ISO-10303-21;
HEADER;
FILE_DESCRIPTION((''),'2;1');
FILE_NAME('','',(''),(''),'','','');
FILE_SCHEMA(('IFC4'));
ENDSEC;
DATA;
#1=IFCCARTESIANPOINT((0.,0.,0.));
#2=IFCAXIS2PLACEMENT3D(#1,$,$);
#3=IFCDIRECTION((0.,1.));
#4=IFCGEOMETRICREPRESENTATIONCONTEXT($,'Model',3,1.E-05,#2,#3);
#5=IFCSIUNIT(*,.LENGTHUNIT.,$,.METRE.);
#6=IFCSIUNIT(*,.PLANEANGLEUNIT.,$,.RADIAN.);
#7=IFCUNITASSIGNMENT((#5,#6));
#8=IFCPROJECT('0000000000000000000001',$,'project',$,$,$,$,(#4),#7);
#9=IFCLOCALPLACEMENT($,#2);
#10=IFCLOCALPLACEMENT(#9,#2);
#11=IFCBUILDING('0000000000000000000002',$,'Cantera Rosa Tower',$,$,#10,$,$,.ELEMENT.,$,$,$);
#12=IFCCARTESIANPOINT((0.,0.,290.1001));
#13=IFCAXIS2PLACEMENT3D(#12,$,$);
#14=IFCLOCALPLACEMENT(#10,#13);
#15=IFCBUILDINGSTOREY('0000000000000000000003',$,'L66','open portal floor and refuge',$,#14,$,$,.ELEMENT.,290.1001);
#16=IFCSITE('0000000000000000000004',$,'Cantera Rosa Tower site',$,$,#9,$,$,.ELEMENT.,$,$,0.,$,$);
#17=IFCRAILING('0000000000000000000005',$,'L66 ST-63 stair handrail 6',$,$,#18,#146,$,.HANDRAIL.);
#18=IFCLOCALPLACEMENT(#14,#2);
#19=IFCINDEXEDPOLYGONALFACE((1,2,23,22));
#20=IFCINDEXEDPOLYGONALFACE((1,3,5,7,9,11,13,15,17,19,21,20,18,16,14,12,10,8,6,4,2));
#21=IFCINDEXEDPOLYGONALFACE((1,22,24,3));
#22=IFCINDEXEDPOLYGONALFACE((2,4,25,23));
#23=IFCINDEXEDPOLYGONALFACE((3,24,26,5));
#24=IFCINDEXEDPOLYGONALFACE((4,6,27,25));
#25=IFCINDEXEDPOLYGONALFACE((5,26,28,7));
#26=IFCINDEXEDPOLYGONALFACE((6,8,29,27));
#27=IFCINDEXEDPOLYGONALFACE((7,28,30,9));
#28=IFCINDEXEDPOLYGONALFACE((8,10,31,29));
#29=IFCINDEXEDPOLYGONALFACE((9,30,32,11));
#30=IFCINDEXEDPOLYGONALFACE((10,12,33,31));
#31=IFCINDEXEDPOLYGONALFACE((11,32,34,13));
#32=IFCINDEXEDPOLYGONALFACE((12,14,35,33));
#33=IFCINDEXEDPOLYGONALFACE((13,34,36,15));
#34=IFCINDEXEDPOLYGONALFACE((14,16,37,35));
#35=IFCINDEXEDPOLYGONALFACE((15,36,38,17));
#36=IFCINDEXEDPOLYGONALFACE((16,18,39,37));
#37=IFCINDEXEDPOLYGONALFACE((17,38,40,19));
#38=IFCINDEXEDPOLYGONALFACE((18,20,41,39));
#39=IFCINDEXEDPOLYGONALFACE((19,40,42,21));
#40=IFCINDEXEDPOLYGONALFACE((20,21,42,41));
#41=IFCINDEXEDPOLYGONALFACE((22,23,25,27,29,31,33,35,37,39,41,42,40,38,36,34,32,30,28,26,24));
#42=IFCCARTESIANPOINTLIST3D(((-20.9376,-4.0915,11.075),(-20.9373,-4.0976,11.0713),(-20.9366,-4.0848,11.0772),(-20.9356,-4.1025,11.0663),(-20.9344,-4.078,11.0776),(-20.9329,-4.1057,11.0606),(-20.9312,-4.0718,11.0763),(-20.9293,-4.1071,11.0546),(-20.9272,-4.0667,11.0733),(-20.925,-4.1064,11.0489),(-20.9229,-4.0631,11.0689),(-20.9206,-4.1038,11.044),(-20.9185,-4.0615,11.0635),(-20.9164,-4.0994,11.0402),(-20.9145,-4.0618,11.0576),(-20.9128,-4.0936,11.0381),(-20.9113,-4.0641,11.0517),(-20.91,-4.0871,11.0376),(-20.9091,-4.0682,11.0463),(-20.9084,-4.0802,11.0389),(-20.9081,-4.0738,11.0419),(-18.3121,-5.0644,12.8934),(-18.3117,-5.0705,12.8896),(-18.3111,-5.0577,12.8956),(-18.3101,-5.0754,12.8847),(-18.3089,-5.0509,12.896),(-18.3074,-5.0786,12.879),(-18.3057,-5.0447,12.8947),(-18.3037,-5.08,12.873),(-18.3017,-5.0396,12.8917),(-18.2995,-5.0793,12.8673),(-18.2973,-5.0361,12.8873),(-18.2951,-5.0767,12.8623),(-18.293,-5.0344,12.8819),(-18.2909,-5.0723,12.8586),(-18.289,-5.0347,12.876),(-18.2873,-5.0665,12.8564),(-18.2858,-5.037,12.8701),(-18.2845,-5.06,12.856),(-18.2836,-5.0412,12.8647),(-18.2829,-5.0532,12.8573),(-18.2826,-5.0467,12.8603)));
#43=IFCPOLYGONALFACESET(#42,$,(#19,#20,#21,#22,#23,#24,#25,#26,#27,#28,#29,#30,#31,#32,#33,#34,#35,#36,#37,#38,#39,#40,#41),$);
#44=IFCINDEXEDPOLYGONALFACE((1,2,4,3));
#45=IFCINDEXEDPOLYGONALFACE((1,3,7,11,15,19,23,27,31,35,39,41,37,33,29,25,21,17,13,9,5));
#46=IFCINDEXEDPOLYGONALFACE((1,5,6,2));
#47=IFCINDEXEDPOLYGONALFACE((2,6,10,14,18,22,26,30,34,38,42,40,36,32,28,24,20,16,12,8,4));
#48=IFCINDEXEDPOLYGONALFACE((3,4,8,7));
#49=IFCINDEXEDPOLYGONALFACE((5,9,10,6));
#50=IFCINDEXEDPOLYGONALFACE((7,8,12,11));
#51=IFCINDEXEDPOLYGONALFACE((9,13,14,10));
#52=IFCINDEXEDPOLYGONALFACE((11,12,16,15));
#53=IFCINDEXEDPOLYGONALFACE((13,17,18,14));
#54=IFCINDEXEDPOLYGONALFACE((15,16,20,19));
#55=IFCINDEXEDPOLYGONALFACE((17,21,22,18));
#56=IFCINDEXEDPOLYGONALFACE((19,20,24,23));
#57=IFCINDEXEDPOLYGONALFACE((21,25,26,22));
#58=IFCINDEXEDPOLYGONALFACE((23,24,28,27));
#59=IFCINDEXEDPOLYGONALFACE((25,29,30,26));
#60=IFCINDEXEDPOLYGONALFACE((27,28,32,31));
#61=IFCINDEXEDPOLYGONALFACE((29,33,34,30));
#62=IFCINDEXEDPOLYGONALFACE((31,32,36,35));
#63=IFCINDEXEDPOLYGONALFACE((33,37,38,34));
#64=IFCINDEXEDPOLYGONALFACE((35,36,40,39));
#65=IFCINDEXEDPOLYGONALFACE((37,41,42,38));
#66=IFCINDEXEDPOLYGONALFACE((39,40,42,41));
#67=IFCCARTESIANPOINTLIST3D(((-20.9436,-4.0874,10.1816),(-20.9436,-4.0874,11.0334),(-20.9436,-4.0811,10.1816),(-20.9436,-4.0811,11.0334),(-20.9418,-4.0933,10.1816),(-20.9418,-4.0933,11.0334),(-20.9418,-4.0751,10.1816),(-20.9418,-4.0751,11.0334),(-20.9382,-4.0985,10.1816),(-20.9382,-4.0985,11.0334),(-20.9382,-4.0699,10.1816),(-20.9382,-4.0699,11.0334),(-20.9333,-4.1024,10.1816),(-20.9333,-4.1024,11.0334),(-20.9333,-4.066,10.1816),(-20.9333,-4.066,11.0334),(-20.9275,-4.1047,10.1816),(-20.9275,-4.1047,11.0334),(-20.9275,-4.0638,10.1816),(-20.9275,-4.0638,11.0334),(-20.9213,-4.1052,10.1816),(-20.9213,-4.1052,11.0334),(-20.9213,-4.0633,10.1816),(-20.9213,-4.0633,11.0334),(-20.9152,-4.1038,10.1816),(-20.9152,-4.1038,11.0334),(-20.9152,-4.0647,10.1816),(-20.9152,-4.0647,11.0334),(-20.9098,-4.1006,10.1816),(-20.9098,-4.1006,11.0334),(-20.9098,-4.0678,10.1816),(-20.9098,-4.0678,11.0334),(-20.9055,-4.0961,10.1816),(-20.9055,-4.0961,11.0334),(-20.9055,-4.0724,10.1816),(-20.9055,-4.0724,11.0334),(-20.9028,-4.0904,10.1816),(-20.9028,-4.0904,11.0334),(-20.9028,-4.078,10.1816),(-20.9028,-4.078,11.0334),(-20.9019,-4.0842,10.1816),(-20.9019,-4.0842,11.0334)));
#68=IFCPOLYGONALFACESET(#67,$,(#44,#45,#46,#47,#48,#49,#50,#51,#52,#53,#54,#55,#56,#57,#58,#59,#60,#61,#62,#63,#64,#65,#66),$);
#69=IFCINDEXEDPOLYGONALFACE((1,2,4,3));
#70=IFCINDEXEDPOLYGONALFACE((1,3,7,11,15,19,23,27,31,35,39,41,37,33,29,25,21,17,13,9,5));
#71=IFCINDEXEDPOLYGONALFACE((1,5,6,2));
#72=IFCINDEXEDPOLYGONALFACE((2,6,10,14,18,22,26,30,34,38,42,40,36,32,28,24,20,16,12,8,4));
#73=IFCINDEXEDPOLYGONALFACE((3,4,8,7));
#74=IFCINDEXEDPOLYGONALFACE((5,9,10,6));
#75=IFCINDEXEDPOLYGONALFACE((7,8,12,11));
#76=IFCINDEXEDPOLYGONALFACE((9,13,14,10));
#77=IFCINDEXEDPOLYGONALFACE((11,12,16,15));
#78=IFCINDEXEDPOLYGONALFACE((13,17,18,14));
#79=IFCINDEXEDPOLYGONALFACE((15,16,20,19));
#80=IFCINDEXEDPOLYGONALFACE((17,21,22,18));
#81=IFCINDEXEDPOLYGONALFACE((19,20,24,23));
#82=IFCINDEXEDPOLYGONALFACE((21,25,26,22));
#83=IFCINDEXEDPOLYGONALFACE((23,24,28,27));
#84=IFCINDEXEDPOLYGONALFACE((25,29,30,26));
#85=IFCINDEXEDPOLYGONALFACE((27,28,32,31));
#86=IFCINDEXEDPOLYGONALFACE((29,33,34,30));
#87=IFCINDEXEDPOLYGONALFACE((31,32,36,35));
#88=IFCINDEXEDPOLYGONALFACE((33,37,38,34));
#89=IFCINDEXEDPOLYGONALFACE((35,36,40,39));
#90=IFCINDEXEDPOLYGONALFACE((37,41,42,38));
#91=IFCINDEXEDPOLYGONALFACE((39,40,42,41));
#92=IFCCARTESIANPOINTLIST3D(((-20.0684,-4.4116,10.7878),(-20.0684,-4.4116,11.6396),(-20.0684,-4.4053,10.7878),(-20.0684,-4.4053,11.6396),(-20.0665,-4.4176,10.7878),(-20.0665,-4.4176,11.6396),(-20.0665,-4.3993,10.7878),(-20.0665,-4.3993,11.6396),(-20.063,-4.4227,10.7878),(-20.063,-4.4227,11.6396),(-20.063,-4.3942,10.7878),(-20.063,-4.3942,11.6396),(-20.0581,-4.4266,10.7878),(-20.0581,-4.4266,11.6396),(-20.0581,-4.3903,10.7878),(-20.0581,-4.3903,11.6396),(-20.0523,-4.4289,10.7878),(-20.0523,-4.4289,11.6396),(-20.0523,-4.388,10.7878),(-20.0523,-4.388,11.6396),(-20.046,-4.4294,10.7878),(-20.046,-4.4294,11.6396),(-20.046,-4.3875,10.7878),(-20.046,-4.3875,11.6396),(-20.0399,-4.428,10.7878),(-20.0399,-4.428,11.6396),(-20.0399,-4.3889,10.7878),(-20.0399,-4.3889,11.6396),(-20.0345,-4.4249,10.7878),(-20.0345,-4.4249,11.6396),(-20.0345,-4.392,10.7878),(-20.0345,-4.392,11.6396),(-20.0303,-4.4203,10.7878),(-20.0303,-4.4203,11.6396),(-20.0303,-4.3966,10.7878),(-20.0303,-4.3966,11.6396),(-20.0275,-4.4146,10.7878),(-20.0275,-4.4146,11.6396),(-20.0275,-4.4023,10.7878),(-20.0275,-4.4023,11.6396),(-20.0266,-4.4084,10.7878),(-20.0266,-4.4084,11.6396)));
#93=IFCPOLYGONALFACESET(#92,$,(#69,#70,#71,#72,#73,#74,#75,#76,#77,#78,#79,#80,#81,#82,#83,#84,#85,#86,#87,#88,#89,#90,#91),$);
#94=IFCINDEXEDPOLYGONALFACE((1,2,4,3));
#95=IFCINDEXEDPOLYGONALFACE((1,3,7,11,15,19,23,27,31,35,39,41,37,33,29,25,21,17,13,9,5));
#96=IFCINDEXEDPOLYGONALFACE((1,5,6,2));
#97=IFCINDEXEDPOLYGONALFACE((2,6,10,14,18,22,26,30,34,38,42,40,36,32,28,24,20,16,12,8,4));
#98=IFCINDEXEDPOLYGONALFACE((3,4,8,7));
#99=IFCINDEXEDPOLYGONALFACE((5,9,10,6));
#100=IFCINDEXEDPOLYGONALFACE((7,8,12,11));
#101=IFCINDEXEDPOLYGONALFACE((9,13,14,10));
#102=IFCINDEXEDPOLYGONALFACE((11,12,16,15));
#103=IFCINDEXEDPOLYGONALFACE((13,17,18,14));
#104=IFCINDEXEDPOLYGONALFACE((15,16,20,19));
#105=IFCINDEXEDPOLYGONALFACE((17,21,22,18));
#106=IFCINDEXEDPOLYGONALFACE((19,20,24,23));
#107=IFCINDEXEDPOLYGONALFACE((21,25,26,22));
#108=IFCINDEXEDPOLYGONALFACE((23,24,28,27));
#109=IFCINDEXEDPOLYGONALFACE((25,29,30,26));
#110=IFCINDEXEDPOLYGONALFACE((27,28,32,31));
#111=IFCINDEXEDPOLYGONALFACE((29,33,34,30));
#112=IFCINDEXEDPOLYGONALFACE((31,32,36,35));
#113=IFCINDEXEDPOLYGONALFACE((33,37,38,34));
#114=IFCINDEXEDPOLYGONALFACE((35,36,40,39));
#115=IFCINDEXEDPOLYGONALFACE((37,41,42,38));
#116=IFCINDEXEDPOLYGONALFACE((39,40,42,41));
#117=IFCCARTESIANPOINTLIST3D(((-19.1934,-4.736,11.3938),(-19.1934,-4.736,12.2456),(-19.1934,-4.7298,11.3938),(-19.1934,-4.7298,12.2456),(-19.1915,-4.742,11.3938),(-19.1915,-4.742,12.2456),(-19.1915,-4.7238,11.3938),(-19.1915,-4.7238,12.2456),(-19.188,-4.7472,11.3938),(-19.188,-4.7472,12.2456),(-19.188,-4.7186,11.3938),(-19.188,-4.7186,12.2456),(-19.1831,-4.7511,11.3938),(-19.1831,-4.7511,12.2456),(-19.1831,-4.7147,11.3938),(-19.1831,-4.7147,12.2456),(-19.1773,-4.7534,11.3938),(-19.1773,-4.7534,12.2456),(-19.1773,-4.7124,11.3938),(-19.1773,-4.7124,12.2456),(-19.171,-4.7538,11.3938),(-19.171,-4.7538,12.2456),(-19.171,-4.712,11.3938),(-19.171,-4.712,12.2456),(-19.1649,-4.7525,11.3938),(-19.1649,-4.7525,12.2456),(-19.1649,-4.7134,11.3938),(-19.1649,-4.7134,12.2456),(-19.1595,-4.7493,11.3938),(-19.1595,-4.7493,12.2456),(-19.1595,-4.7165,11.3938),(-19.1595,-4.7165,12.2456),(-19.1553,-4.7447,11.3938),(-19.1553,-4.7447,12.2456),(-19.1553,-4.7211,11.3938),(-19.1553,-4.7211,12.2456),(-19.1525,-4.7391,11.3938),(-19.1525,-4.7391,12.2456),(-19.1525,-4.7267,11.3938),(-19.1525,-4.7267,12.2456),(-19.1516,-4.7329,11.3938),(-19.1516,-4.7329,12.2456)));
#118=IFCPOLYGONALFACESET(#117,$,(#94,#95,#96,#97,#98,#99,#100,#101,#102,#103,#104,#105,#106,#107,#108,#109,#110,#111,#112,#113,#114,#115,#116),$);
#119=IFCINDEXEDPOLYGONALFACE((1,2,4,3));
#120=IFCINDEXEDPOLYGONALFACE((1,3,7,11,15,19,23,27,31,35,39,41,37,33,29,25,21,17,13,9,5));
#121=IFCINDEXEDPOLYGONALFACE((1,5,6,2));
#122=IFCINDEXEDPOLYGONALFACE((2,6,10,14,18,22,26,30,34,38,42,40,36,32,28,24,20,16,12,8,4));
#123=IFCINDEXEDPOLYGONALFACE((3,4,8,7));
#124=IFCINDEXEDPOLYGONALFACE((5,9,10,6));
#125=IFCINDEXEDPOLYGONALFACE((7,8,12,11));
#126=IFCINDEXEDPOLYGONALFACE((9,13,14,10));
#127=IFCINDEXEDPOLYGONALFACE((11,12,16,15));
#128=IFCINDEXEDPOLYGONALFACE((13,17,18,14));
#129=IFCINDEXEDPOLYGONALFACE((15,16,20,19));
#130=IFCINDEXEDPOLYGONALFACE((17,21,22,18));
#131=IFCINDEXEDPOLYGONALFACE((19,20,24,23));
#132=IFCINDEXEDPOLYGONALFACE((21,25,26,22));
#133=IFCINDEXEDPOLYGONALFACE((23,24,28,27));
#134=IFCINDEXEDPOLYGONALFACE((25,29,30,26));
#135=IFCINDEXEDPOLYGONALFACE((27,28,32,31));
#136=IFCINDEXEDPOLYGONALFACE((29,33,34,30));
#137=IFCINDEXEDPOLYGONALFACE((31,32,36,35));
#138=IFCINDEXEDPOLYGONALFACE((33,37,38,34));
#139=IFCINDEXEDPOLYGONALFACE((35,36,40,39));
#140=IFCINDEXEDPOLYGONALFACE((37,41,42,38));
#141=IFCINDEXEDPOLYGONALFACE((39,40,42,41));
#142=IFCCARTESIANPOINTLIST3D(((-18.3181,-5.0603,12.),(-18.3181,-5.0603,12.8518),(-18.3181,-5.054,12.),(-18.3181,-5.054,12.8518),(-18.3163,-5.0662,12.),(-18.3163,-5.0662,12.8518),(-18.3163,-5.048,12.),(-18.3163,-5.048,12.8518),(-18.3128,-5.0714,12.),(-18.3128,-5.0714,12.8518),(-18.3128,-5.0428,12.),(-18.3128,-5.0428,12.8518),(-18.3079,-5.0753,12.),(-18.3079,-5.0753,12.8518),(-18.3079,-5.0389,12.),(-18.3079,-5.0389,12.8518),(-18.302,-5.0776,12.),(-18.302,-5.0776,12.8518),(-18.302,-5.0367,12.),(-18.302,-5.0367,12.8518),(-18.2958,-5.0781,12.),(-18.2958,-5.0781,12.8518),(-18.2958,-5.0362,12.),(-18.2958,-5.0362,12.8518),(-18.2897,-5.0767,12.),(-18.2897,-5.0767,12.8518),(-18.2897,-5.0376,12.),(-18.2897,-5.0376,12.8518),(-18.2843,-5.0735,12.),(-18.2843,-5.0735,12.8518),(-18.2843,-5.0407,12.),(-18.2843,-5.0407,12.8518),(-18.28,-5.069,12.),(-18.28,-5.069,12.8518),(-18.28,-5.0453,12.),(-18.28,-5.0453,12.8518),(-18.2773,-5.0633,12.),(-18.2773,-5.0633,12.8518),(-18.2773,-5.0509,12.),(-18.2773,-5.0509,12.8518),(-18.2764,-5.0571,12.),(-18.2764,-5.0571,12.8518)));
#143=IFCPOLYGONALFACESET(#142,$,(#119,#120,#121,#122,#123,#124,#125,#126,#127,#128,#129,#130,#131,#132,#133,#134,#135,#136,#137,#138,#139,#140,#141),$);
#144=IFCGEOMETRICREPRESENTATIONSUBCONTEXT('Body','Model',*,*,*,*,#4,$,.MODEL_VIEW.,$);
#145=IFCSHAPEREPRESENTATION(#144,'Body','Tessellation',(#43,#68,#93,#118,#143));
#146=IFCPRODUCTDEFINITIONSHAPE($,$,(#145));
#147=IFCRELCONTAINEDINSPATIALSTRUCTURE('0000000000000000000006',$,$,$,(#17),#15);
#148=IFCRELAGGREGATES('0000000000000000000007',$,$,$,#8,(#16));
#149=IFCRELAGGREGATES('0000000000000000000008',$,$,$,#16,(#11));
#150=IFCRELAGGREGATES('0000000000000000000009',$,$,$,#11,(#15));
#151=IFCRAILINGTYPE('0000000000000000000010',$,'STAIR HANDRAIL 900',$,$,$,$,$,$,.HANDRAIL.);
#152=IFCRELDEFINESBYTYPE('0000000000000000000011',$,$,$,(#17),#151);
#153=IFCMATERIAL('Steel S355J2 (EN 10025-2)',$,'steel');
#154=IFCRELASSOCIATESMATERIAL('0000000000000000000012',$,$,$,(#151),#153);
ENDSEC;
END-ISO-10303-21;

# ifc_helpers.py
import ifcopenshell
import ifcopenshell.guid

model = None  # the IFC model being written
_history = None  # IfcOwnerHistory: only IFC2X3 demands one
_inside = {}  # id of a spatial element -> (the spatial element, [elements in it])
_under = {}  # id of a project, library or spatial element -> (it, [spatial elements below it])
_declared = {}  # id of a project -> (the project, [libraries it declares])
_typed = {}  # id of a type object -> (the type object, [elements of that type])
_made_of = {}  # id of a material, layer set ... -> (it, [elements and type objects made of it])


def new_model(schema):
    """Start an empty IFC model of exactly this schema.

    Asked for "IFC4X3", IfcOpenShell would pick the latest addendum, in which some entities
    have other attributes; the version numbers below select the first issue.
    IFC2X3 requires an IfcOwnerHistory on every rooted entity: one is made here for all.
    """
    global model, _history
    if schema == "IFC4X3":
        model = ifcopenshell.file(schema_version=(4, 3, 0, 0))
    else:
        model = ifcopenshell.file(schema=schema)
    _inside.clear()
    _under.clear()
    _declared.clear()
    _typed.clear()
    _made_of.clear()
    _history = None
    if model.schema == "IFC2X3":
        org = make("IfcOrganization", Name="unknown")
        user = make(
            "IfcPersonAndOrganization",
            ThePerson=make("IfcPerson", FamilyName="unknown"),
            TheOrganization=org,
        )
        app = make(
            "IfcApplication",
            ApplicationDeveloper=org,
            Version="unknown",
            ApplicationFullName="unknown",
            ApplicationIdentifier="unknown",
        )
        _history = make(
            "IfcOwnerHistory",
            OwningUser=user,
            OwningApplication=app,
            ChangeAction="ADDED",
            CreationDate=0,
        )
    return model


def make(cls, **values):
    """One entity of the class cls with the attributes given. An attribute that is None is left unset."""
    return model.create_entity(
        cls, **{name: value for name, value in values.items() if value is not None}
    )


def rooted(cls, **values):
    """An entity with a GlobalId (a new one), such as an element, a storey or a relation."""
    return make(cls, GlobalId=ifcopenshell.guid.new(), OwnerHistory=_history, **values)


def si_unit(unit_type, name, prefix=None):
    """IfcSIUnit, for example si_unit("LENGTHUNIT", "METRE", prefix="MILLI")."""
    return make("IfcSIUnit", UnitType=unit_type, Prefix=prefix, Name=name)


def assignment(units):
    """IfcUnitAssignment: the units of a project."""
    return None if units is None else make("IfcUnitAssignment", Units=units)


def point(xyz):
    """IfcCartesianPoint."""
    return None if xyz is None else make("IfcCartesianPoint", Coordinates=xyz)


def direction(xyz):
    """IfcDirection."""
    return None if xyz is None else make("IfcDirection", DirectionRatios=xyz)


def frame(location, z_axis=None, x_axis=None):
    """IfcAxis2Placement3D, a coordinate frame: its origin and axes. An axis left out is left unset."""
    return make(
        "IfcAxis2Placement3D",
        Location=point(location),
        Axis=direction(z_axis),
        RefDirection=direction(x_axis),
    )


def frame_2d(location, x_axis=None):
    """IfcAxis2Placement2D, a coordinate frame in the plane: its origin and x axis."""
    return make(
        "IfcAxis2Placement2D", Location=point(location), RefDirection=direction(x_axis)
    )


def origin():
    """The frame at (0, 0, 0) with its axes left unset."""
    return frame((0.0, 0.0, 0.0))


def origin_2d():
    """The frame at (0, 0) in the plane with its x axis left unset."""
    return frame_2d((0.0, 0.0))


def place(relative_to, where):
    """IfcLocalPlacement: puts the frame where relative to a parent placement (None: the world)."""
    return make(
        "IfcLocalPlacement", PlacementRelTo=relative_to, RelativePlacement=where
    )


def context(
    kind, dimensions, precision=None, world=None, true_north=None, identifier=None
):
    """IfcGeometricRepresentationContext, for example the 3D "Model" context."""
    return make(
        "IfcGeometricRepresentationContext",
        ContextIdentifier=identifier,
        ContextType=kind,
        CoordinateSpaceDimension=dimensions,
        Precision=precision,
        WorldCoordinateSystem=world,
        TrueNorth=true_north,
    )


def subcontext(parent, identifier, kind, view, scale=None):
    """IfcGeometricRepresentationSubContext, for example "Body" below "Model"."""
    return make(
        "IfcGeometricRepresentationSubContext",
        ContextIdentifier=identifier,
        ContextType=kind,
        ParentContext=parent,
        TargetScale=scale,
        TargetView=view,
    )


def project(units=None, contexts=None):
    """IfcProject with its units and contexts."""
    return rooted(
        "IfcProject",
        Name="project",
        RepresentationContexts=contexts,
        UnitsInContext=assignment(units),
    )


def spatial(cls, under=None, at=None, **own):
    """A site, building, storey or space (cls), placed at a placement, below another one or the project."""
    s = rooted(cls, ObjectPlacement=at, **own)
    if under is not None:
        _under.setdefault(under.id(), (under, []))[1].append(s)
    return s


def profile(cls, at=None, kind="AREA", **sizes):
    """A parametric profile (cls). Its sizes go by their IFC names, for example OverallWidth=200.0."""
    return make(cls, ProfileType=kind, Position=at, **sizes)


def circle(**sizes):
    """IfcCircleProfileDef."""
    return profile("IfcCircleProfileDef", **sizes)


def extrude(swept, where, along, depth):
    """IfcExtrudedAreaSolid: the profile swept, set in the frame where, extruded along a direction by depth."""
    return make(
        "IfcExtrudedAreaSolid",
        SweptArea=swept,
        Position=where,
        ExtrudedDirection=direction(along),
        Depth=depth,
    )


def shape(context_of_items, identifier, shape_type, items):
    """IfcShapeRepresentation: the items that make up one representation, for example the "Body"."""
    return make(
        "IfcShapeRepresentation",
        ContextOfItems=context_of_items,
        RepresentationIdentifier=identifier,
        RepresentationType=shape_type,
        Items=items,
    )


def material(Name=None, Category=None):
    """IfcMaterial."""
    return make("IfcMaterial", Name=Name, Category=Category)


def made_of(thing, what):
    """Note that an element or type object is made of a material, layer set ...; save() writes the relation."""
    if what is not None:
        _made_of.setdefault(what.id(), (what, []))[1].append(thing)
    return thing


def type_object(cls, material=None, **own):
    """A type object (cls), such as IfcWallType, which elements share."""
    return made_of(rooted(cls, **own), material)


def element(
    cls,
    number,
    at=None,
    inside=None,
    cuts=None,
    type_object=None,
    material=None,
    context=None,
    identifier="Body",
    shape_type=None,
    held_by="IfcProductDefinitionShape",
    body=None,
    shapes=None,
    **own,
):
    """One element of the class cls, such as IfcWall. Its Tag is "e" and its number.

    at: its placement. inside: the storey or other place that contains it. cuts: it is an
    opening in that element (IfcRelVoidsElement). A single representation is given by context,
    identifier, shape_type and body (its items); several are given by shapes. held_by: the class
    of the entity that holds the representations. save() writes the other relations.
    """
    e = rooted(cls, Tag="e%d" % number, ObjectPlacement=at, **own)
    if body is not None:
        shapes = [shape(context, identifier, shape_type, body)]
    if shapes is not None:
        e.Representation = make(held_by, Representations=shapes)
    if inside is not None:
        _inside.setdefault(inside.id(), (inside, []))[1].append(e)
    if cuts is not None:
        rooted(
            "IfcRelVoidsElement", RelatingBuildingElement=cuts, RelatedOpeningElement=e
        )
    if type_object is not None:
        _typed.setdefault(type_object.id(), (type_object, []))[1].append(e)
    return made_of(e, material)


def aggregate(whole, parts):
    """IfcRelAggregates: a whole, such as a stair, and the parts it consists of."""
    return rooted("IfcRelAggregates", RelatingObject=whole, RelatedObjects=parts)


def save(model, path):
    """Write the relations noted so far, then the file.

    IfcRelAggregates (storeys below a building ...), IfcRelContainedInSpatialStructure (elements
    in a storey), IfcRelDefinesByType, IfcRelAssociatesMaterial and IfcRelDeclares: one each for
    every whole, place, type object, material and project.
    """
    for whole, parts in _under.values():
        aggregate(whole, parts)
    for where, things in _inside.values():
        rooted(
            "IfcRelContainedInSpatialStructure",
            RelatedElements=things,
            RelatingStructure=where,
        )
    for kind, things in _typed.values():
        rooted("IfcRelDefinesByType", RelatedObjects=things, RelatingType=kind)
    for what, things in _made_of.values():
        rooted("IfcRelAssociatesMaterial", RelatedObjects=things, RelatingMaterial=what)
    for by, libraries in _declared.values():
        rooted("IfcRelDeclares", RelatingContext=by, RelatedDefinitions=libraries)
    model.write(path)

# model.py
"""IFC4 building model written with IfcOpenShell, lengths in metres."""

from ifc_helpers import new_model, si_unit, direction, frame, origin, origin_2d, place, context, subcontext, project, spatial, circle, extrude, material, type_object, element, save


model = new_model("IFC4")

# Units and contexts
model_context = context("Model", 3, precision=1e-05, world=origin(), true_north=direction((0.0, 1.0)))
body_context = subcontext(model_context, "Body", "Model", "MODEL_VIEW")
ifc_project = project(units=[si_unit("LENGTHUNIT", "METRE"), si_unit("PLANEANGLEUNIT", "RADIAN")], contexts=[model_context])

# Site, building, storey
site_placement = place(None, origin())
site = spatial("IfcSite", under=ifc_project, at=site_placement, Name="Cantera Rosa Tower site", CompositionType="ELEMENT", RefElevation=0.0)
building_placement = place(site_placement, origin())
building = spatial("IfcBuilding", under=site, at=building_placement, Name="Cantera Rosa Tower", CompositionType="ELEMENT")
storey_placement = place(building_placement, frame((0.0, 0.0, 290.1001)))
storey = spatial("IfcBuildingStorey", under=building, at=storey_placement, Name="L66", Description="open portal floor and refuge", CompositionType="ELEMENT", Elevation=290.1001)

# Railing
ifc_material_1 = material(Name="Steel S355J2 (EN 10025-2)", Category="steel")
railing_type_1 = type_object("IfcRailingType", Name="STAIR HANDRAIL 900", PredefinedType="HANDRAIL", material=ifc_material_1)
for number, where, name in (
    (1, (-20.9229, -4.0842, 10.1816), "L66 ST-63 stair handrail 6"),
):
    element("IfcRailing", number, at=place(storey_placement, frame(where)), inside=storey, type_object=railing_type_1, Name=name, PredefinedType="HANDRAIL", context=body_context, shape_type="SweptSolid", body=[
        extrude(circle(Radius=0.0239, at=origin_2d()), frame((0.0, 0.0, 0.876), z_axis=(0.786407, -0.291411, 0.54465), x_axis=(0.347471, 0.937691, 0.0)), (0.0, 0.0, 1.0), 3.3386),
        extrude(circle(Radius=0.021, at=origin_2d()), origin(), (0.0, 0.0, 1.0), 0.8518),
        extrude(circle(Radius=0.021, at=origin_2d()), frame((0.8752, -0.3242, 0.6062)), (0.0, 0.0, 1.0), 0.8518),
        extrude(circle(Radius=0.021, at=origin_2d()), frame((1.7502, -0.6487, 1.2122)), (0.0, 0.0, 1.0), 0.8518),
        extrude(circle(Radius=0.021, at=origin_2d()), frame((2.6255, -0.9729, 1.8184)), (0.0, 0.0, 1.0), 0.8518),
    ])

save(model, "model.ifc")
